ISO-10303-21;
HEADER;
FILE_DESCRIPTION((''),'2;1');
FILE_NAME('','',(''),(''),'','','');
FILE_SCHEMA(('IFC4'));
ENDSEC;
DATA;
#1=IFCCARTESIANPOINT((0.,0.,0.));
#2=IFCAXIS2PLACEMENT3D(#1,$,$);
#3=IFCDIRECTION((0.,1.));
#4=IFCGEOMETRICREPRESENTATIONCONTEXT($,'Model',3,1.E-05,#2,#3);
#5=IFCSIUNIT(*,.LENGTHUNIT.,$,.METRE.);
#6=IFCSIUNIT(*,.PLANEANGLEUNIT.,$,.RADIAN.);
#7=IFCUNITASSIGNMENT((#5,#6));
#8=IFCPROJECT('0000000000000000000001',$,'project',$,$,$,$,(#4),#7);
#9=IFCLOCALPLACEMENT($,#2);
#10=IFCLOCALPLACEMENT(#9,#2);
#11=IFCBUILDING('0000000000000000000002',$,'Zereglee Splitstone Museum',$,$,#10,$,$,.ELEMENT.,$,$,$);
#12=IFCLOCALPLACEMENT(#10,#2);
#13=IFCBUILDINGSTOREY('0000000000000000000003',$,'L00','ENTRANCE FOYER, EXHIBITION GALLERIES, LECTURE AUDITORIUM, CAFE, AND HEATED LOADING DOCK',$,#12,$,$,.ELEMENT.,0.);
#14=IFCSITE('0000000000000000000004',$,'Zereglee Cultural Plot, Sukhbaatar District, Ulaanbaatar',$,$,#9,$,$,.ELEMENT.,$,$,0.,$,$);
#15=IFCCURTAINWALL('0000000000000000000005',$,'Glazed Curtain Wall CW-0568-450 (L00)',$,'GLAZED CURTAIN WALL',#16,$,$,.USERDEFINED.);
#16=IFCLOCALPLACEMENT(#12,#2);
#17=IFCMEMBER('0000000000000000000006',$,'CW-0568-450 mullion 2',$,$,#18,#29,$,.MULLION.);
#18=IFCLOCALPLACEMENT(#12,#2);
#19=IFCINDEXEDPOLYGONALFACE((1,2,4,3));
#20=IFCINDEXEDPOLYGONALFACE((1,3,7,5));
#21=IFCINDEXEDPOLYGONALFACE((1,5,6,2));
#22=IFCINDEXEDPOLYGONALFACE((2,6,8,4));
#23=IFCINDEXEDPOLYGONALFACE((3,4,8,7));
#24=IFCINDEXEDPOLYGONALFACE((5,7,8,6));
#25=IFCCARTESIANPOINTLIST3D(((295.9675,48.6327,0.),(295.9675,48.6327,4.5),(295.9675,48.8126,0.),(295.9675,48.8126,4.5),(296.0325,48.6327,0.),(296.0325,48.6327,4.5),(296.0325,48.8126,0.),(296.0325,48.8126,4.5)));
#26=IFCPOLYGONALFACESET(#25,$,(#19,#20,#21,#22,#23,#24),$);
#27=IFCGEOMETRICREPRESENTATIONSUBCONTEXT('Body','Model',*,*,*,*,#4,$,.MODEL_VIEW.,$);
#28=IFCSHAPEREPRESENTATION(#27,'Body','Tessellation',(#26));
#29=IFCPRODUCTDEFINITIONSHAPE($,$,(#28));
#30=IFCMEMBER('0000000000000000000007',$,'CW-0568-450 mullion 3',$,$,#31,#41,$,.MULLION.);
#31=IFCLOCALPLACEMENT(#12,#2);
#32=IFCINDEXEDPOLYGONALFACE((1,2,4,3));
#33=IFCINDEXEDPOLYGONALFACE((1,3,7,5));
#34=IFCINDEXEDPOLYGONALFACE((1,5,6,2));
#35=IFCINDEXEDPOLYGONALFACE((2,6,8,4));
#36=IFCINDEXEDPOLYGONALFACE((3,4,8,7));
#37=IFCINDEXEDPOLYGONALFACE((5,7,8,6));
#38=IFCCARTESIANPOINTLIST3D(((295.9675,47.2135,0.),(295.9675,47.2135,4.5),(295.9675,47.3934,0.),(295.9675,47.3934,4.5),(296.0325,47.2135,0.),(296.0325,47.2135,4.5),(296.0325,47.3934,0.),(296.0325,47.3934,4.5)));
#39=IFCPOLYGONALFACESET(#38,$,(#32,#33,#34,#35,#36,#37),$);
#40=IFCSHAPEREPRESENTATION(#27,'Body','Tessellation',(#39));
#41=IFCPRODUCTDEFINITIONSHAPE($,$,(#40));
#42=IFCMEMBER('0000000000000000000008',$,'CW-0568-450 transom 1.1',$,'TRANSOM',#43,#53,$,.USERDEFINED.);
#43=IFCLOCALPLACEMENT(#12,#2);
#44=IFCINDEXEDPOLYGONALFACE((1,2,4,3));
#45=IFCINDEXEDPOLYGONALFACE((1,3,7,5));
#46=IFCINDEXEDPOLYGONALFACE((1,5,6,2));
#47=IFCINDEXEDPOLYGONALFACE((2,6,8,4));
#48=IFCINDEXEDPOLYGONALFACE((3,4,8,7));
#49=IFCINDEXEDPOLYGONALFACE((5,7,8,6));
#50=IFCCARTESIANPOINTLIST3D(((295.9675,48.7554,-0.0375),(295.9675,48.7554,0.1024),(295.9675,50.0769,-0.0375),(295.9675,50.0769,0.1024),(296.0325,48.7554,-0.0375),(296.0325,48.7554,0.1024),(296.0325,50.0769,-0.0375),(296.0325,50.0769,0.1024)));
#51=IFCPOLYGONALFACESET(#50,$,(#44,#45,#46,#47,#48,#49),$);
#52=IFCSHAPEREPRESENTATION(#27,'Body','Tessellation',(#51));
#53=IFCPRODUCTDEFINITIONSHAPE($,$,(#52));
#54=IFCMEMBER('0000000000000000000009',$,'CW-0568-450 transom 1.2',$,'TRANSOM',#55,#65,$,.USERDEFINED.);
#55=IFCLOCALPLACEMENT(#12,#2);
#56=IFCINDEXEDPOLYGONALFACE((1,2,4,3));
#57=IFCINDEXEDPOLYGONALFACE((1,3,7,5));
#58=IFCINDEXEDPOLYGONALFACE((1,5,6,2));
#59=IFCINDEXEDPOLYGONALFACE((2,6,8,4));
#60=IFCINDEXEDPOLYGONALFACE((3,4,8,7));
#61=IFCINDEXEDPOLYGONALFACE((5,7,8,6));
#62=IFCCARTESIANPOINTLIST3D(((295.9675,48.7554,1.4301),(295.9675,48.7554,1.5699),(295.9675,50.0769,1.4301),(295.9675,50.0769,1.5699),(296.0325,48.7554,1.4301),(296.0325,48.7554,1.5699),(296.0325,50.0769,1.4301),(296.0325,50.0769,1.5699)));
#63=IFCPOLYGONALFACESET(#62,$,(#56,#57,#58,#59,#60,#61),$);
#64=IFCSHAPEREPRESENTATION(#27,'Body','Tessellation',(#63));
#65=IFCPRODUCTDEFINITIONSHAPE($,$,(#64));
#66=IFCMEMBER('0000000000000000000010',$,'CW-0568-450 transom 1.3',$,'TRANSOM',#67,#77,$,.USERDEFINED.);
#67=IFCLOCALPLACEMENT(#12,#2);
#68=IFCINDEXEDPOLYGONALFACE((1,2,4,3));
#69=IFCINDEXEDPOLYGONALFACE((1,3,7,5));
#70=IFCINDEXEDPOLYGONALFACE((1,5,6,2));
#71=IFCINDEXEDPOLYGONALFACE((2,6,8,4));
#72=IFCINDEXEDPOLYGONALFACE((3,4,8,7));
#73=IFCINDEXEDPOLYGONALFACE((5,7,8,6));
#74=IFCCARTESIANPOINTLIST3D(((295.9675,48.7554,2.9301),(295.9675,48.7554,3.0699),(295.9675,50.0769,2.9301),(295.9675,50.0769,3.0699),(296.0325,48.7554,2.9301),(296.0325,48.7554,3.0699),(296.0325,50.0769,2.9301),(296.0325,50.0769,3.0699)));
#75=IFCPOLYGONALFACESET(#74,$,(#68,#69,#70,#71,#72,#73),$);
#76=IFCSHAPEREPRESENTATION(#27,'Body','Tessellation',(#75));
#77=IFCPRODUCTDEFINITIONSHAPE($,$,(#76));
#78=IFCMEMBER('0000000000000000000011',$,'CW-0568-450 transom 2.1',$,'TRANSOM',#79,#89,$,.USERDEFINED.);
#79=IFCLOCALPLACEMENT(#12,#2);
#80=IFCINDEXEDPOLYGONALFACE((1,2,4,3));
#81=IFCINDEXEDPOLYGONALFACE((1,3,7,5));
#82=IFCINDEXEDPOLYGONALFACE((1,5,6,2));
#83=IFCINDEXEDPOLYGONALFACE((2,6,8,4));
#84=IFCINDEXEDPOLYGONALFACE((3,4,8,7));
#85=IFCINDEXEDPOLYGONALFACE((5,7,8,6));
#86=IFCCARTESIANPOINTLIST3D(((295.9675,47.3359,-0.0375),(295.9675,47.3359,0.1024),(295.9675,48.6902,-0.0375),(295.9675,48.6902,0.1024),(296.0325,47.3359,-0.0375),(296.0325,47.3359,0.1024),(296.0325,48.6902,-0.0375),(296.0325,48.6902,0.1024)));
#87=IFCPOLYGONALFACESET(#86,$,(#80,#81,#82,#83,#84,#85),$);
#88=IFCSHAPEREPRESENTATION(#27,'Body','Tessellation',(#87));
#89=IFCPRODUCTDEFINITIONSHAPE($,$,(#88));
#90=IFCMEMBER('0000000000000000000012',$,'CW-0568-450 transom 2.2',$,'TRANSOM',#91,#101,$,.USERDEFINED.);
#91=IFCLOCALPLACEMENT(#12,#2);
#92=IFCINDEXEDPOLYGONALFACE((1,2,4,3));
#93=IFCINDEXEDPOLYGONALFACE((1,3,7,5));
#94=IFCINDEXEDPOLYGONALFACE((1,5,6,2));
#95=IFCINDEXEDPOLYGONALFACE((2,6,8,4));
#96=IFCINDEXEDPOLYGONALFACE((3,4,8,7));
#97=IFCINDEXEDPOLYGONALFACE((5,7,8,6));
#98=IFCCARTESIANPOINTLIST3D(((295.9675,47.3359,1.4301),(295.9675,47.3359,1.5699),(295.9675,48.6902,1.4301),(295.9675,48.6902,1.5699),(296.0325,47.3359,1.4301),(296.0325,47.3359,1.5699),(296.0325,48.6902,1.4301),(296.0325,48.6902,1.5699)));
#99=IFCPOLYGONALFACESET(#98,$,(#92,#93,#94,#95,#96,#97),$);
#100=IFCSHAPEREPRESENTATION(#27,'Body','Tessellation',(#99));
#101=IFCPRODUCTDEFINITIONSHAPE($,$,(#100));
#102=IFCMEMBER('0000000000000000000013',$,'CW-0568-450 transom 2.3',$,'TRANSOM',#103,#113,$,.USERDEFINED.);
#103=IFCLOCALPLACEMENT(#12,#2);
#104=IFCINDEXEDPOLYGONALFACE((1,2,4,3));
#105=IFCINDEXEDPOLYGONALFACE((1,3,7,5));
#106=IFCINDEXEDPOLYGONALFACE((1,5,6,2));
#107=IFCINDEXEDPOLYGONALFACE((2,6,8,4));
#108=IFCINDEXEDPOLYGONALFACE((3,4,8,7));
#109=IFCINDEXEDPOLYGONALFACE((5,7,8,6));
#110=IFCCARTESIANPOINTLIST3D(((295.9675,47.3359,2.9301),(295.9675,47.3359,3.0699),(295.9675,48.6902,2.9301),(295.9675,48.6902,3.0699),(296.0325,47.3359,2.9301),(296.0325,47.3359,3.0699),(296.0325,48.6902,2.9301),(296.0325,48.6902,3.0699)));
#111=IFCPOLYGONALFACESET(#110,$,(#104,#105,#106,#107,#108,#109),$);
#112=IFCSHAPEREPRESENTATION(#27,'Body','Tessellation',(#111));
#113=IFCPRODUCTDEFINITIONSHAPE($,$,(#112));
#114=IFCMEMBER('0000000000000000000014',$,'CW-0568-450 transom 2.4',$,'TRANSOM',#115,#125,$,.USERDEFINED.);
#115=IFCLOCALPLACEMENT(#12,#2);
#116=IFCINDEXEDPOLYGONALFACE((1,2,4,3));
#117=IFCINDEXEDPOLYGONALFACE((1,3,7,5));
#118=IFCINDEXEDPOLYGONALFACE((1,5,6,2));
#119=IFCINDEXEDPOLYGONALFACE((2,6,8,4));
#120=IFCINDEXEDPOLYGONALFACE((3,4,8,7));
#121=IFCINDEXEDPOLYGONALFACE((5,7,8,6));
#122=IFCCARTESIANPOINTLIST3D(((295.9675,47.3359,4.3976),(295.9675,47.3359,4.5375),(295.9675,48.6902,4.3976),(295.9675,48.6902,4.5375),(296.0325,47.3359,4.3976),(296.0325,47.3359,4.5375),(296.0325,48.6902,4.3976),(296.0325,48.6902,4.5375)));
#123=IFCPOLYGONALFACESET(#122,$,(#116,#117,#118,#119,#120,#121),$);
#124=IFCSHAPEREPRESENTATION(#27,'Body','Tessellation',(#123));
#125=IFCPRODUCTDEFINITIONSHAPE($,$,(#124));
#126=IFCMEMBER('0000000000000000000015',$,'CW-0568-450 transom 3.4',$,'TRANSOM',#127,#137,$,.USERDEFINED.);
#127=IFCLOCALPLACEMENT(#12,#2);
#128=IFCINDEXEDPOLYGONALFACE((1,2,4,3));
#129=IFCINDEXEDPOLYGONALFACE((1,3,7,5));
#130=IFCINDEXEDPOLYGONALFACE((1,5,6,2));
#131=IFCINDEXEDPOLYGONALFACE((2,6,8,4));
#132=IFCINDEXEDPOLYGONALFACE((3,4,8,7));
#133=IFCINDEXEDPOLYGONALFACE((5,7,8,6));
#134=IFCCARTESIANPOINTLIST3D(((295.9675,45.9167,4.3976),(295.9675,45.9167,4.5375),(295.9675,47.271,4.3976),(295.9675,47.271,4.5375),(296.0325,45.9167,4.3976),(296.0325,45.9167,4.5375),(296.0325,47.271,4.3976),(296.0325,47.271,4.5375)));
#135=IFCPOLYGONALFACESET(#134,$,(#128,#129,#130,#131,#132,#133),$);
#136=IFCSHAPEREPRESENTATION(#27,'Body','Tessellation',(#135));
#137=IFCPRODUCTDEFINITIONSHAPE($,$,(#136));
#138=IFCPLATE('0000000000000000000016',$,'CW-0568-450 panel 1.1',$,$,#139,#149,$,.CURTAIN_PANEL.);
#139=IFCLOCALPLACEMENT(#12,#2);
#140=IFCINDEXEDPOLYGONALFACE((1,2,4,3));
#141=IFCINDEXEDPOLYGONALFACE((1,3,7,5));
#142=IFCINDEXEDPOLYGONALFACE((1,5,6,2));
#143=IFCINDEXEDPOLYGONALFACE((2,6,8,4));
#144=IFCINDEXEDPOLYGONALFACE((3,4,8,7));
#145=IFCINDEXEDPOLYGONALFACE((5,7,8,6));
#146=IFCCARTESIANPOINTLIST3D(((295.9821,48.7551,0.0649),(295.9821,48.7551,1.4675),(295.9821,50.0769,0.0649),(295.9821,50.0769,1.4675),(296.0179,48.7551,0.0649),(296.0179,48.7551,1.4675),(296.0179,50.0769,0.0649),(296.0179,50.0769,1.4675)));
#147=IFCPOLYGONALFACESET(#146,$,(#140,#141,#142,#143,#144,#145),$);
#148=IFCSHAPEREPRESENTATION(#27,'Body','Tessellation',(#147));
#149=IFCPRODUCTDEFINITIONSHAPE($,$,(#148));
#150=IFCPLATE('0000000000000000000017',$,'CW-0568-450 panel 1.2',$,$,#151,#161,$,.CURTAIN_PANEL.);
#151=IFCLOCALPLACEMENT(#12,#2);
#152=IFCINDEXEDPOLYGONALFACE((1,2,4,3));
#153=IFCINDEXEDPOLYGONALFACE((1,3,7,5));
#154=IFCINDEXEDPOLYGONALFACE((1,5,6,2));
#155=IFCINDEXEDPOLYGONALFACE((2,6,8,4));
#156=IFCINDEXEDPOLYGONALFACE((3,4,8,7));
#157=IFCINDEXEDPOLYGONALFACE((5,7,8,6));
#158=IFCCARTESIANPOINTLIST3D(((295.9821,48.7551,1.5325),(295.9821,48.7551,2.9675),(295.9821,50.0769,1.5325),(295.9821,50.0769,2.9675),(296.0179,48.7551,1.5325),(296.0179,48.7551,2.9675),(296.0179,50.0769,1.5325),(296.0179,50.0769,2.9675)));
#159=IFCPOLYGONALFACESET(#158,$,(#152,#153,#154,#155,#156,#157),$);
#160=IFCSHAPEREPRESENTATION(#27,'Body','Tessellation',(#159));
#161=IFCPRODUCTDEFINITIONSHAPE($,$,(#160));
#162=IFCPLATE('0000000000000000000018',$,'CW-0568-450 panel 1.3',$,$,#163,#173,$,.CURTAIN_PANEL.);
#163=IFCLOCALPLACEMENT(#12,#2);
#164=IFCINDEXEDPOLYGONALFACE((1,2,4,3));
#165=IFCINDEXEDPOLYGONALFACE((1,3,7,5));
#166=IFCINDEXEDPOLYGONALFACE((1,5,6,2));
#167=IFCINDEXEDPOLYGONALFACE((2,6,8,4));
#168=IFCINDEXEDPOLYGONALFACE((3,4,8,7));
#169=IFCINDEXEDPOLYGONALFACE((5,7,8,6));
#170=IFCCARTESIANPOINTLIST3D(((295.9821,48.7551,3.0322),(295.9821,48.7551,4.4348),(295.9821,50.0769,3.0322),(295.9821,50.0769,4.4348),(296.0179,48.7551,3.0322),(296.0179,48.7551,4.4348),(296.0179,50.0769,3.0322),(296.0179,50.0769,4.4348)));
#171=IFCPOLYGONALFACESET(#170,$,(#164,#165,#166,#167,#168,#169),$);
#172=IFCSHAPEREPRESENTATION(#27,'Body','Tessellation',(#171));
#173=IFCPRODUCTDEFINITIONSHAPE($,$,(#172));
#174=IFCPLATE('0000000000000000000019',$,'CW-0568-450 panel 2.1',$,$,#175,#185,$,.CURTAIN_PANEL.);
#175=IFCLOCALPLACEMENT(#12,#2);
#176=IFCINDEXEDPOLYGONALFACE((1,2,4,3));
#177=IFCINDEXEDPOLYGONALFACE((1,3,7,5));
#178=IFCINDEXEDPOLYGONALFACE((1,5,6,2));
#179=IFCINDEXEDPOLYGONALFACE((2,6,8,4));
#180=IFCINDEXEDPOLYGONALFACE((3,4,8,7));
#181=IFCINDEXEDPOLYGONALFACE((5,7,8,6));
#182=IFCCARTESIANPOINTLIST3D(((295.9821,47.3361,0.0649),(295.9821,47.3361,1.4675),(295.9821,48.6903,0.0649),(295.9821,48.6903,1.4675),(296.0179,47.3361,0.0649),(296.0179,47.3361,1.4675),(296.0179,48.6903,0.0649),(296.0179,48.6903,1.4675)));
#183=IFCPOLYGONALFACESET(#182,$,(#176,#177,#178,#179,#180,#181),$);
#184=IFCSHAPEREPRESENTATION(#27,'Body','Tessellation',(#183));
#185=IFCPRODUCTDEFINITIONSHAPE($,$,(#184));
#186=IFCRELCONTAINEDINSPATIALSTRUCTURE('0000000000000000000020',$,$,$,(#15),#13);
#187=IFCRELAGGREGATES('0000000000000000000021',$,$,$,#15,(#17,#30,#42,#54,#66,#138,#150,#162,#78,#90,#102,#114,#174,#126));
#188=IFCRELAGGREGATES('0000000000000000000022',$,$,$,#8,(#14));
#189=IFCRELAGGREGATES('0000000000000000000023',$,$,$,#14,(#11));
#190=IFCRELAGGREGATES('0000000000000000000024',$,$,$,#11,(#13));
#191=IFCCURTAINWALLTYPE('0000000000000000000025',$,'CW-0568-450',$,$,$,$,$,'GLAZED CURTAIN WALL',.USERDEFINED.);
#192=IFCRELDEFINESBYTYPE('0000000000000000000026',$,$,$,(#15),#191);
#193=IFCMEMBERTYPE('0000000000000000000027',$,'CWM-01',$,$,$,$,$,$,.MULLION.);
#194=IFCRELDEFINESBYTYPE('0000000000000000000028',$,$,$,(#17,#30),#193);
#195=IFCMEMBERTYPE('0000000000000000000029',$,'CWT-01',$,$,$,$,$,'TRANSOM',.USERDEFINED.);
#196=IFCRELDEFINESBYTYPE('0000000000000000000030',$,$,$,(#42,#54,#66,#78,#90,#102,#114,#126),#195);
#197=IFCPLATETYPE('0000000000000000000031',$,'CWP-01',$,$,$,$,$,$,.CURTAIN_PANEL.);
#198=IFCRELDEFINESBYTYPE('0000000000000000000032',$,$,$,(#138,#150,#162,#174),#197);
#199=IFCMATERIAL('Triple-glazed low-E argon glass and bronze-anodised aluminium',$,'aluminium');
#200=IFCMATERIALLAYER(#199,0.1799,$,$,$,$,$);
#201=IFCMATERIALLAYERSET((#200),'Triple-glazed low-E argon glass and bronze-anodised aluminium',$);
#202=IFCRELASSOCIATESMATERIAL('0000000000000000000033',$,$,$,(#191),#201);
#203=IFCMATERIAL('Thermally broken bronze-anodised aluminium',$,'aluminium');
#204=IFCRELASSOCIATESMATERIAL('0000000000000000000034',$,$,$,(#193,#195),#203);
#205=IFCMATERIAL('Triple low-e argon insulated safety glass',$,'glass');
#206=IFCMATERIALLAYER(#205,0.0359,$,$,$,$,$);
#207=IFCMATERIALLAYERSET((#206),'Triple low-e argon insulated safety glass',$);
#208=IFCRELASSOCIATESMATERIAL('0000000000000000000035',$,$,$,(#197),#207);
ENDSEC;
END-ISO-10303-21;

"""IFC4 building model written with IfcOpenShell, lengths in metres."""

from ifc_helpers import new_model, si_unit, direction, frame, origin, origin_2d, place, context, subcontext, project, spatial, rectangle, extrude, material, layer, layer_set, material_profile, profile_set, type_object, element, aggregate, save


model = new_model("IFC4")

# Units and contexts
model_context = context("Model", 3, precision=1e-05, world=origin(), true_north=direction((0.0, 1.0)))
body_context = subcontext(model_context, "Body", "Model", "MODEL_VIEW")
ifc_project = project(units=[si_unit("LENGTHUNIT", "METRE"), si_unit("PLANEANGLEUNIT", "RADIAN")], contexts=[model_context])

# Site, building, storey
site_placement = place(None, origin())
site = spatial("IfcSite", under=ifc_project, at=site_placement, Name="Zereglee Cultural Plot, Sukhbaatar District, Ulaanbaatar", CompositionType="ELEMENT", RefElevation=0.0)
building_placement = place(site_placement, origin())
building = spatial("IfcBuilding", under=site, at=building_placement, Name="Zereglee Splitstone Museum", CompositionType="ELEMENT")
storey_placement = place(building_placement, origin())
storey = spatial("IfcBuildingStorey", under=building, at=storey_placement, Name="L00", Description="ENTRANCE FOYER, EXHIBITION GALLERIES, LECTURE AUDITORIUM, CAFE, AND HEATED LOADING DOCK", CompositionType="ELEMENT", Elevation=0.0)

# Curtain wall, members, plates
ifc_material_1 = material(Name="Triple-glazed low-E argon glass and bronze-anodised aluminium", Category="aluminium")
ifc_layer_1 = layer(ifc_material_1, 0.1799)
ifc_layer_set_1 = layer_set([ifc_layer_1], Name="Triple-glazed low-E argon glass and bronze-anodised aluminium")
curtain_wall_type = type_object("IfcCurtainWallType", Name="CW-0568-450", ElementType="GLAZED CURTAIN WALL", PredefinedType="USERDEFINED", material=ifc_layer_set_1)
curtain_wall_placement = place(storey_placement, origin())
curtain_wall = element("IfcCurtainWall", 1, at=curtain_wall_placement, inside=storey, type_object=curtain_wall_type, Name="Glazed Curtain Wall CW-0568-450 (L00)", ObjectType="GLAZED CURTAIN WALL", PredefinedType="USERDEFINED")
ifc_material_2 = material(Name="Thermally broken bronze-anodised aluminium", Category="aluminium")
ifc_material_profile_1 = material_profile(ifc_material_2, rectangle(XDim=0.0649, YDim=0.1799, at=origin_2d()), Name="CW MULL 65x180")
ifc_profile_set_1 = profile_set([ifc_material_profile_1], Name="Thermally broken bronze-anodised aluminium")
member_type_1 = type_object("IfcMemberType", Name="CWM-01", PredefinedType="MULLION", material=ifc_profile_set_1)
member_1_placement = place(storey_placement, frame((296.0, 48.7227, 0.0), z_axis=(0.0, 0.0, 1.0), x_axis=(1.0, 0.0, 0.0)))
member_1 = element("IfcMember", 2, at=member_1_placement, type_object=member_type_1, Name="CW-0568-450 mullion 2", PredefinedType="MULLION", context=body_context, shape_type="SweptSolid", body=[
    extrude(rectangle(XDim=0.0649, YDim=0.1799, at=origin_2d()), origin(), (0.0, 0.0, 1.0), 4.5),
])
member_2_placement = place(storey_placement, frame((296.0, 47.3035, 0.0), z_axis=(0.0, 0.0, 1.0), x_axis=(1.0, 0.0, 0.0)))
member_2 = element("IfcMember", 3, at=member_2_placement, type_object=member_type_1, Name="CW-0568-450 mullion 3", PredefinedType="MULLION", context=body_context, shape_type="SweptSolid", body=[
    extrude(rectangle(XDim=0.0649, YDim=0.1799, at=origin_2d()), origin(), (0.0, 0.0, 1.0), 4.5),
])
ifc_material_profile_2 = material_profile(ifc_material_2, rectangle(XDim=0.0649, YDim=0.1399, at=origin_2d()), Name="CW TRAN 65x140")
ifc_profile_set_2 = profile_set([ifc_material_profile_2], Name="Thermally broken bronze-anodised aluminium")
member_type_2 = type_object("IfcMemberType", Name="CWT-01", ElementType="TRANSOM", PredefinedType="USERDEFINED", material=ifc_profile_set_2)
member_3_placement = place(storey_placement, frame((296.0, 50.0769, 0.0325), z_axis=(0.0, -1.0, 0.0), x_axis=(1.0, 0.0, 0.0)))
member_3 = element("IfcMember", 4, at=member_3_placement, type_object=member_type_2, Name="CW-0568-450 transom 1.1", ObjectType="TRANSOM", PredefinedType="USERDEFINED", context=body_context, shape_type="SweptSolid", body=[
    extrude(rectangle(XDim=0.0649, YDim=0.1399, at=origin_2d()), origin(), (0.0, 0.0, 1.0), 1.3215),
])
member_4_placement = place(storey_placement, frame((296.0, 50.0769, 1.5), z_axis=(0.0, -1.0, 0.0), x_axis=(1.0, 0.0, 0.0)))
member_4 = element("IfcMember", 5, at=member_4_placement, type_object=member_type_2, Name="CW-0568-450 transom 1.2", ObjectType="TRANSOM", PredefinedType="USERDEFINED", context=body_context, shape_type="SweptSolid", body=[
    extrude(rectangle(XDim=0.0649, YDim=0.1399, at=origin_2d()), origin(), (0.0, 0.0, 1.0), 1.3215),
])
member_5_placement = place(storey_placement, frame((296.0, 50.0769, 3.0), z_axis=(0.0, -1.0, 0.0), x_axis=(1.0, 0.0, 0.0)))
member_5 = element("IfcMember", 6, at=member_5_placement, type_object=member_type_2, Name="CW-0568-450 transom 1.3", ObjectType="TRANSOM", PredefinedType="USERDEFINED", context=body_context, shape_type="SweptSolid", body=[
    extrude(rectangle(XDim=0.0649, YDim=0.1399, at=origin_2d()), origin(), (0.0, 0.0, 1.0), 1.3215),
])
member_6_placement = place(storey_placement, frame((296.0, 48.6902, 0.0325), z_axis=(0.0, -1.0, 0.0), x_axis=(1.0, 0.0, 0.0)))
member_6 = element("IfcMember", 7, at=member_6_placement, type_object=member_type_2, Name="CW-0568-450 transom 2.1", ObjectType="TRANSOM", PredefinedType="USERDEFINED", context=body_context, shape_type="SweptSolid", body=[
    extrude(rectangle(XDim=0.0649, YDim=0.1399, at=origin_2d()), origin(), (0.0, 0.0, 1.0), 1.3542),
])
member_7_placement = place(storey_placement, frame((296.0, 48.6902, 1.5), z_axis=(0.0, -1.0, 0.0), x_axis=(1.0, 0.0, 0.0)))
member_7 = element("IfcMember", 8, at=member_7_placement, type_object=member_type_2, Name="CW-0568-450 transom 2.2", ObjectType="TRANSOM", PredefinedType="USERDEFINED", context=body_context, shape_type="SweptSolid", body=[
    extrude(rectangle(XDim=0.0649, YDim=0.1399, at=origin_2d()), origin(), (0.0, 0.0, 1.0), 1.3542),
])
member_8_placement = place(storey_placement, frame((296.0, 48.6902, 3.0), z_axis=(0.0, -1.0, 0.0), x_axis=(1.0, 0.0, 0.0)))
member_8 = element("IfcMember", 9, at=member_8_placement, type_object=member_type_2, Name="CW-0568-450 transom 2.3", ObjectType="TRANSOM", PredefinedType="USERDEFINED", context=body_context, shape_type="SweptSolid", body=[
    extrude(rectangle(XDim=0.0649, YDim=0.1399, at=origin_2d()), origin(), (0.0, 0.0, 1.0), 1.3542),
])
member_9_placement = place(storey_placement, frame((296.0, 48.6902, 4.4675), z_axis=(0.0, -1.0, 0.0), x_axis=(1.0, 0.0, 0.0)))
member_9 = element("IfcMember", 10, at=member_9_placement, type_object=member_type_2, Name="CW-0568-450 transom 2.4", ObjectType="TRANSOM", PredefinedType="USERDEFINED", context=body_context, shape_type="SweptSolid", body=[
    extrude(rectangle(XDim=0.0649, YDim=0.1399, at=origin_2d()), origin(), (0.0, 0.0, 1.0), 1.3542),
])
member_10_placement = place(storey_placement, frame((296.0, 47.271, 4.4675), z_axis=(0.0, -1.0, 0.0), x_axis=(1.0, 0.0, 0.0)))
member_10 = element("IfcMember", 11, at=member_10_placement, type_object=member_type_2, Name="CW-0568-450 transom 3.4", ObjectType="TRANSOM", PredefinedType="USERDEFINED", context=body_context, shape_type="SweptSolid", body=[
    extrude(rectangle(XDim=0.0649, YDim=0.1399, at=origin_2d()), origin(), (0.0, 0.0, 1.0), 1.3542),
])
ifc_material_3 = material(Name="Triple low-e argon insulated safety glass", Category="glass")
ifc_layer_2 = layer(ifc_material_3, 0.0359)
ifc_layer_set_2 = layer_set([ifc_layer_2], Name="Triple low-e argon insulated safety glass")
plate_type = type_object("IfcPlateType", Name="CWP-01", PredefinedType="CURTAIN_PANEL", material=ifc_layer_set_2)
plate_1_placement = place(storey_placement, frame((296.0, 49.416, 0.0649), z_axis=(0.0, 0.0, 1.0), x_axis=(0.0, -1.0, 0.0)))
plate_1 = element("IfcPlate", 12, at=plate_1_placement, type_object=plate_type, Name="CW-0568-450 panel 1.1", PredefinedType="CURTAIN_PANEL", context=body_context, shape_type="SweptSolid", body=[
    extrude(rectangle(XDim=1.3218, YDim=0.0359, at=origin_2d()), origin(), (0.0, 0.0, 1.0), 1.4026),
])
plate_2_placement = place(storey_placement, frame((296.0, 49.416, 1.5325), z_axis=(0.0, 0.0, 1.0), x_axis=(0.0, -1.0, 0.0)))
plate_2 = element("IfcPlate", 13, at=plate_2_placement, type_object=plate_type, Name="CW-0568-450 panel 1.2", PredefinedType="CURTAIN_PANEL", context=body_context, shape_type="SweptSolid", body=[
    extrude(rectangle(XDim=1.3218, YDim=0.0359, at=origin_2d()), origin(), (0.0, 0.0, 1.0), 1.4351),
])
plate_3_placement = place(storey_placement, frame((296.0, 49.416, 3.0322), z_axis=(0.0, 0.0, 1.0), x_axis=(0.0, -1.0, 0.0)))
plate_3 = element("IfcPlate", 14, at=plate_3_placement, type_object=plate_type, Name="CW-0568-450 panel 1.3", PredefinedType="CURTAIN_PANEL", context=body_context, shape_type="SweptSolid", body=[
    extrude(rectangle(XDim=1.3218, YDim=0.0359, at=origin_2d()), origin(), (0.0, 0.0, 1.0), 1.4026),
])
plate_4_placement = place(storey_placement, frame((296.0, 48.0132, 0.0649), z_axis=(0.0, 0.0, 1.0), x_axis=(0.0, -1.0, 0.0)))
plate_4 = element("IfcPlate", 15, at=plate_4_placement, type_object=plate_type, Name="CW-0568-450 panel 2.1", PredefinedType="CURTAIN_PANEL", context=body_context, shape_type="SweptSolid", body=[
    extrude(rectangle(XDim=1.3542, YDim=0.0359, at=origin_2d()), origin(), (0.0, 0.0, 1.0), 1.4026),
])
aggregate(curtain_wall, [member_1, member_2, member_3, member_4, member_5, plate_1, plate_2, plate_3, member_6, member_7, member_8, member_9, plate_4, member_10])

save(model, "model.ifc")
